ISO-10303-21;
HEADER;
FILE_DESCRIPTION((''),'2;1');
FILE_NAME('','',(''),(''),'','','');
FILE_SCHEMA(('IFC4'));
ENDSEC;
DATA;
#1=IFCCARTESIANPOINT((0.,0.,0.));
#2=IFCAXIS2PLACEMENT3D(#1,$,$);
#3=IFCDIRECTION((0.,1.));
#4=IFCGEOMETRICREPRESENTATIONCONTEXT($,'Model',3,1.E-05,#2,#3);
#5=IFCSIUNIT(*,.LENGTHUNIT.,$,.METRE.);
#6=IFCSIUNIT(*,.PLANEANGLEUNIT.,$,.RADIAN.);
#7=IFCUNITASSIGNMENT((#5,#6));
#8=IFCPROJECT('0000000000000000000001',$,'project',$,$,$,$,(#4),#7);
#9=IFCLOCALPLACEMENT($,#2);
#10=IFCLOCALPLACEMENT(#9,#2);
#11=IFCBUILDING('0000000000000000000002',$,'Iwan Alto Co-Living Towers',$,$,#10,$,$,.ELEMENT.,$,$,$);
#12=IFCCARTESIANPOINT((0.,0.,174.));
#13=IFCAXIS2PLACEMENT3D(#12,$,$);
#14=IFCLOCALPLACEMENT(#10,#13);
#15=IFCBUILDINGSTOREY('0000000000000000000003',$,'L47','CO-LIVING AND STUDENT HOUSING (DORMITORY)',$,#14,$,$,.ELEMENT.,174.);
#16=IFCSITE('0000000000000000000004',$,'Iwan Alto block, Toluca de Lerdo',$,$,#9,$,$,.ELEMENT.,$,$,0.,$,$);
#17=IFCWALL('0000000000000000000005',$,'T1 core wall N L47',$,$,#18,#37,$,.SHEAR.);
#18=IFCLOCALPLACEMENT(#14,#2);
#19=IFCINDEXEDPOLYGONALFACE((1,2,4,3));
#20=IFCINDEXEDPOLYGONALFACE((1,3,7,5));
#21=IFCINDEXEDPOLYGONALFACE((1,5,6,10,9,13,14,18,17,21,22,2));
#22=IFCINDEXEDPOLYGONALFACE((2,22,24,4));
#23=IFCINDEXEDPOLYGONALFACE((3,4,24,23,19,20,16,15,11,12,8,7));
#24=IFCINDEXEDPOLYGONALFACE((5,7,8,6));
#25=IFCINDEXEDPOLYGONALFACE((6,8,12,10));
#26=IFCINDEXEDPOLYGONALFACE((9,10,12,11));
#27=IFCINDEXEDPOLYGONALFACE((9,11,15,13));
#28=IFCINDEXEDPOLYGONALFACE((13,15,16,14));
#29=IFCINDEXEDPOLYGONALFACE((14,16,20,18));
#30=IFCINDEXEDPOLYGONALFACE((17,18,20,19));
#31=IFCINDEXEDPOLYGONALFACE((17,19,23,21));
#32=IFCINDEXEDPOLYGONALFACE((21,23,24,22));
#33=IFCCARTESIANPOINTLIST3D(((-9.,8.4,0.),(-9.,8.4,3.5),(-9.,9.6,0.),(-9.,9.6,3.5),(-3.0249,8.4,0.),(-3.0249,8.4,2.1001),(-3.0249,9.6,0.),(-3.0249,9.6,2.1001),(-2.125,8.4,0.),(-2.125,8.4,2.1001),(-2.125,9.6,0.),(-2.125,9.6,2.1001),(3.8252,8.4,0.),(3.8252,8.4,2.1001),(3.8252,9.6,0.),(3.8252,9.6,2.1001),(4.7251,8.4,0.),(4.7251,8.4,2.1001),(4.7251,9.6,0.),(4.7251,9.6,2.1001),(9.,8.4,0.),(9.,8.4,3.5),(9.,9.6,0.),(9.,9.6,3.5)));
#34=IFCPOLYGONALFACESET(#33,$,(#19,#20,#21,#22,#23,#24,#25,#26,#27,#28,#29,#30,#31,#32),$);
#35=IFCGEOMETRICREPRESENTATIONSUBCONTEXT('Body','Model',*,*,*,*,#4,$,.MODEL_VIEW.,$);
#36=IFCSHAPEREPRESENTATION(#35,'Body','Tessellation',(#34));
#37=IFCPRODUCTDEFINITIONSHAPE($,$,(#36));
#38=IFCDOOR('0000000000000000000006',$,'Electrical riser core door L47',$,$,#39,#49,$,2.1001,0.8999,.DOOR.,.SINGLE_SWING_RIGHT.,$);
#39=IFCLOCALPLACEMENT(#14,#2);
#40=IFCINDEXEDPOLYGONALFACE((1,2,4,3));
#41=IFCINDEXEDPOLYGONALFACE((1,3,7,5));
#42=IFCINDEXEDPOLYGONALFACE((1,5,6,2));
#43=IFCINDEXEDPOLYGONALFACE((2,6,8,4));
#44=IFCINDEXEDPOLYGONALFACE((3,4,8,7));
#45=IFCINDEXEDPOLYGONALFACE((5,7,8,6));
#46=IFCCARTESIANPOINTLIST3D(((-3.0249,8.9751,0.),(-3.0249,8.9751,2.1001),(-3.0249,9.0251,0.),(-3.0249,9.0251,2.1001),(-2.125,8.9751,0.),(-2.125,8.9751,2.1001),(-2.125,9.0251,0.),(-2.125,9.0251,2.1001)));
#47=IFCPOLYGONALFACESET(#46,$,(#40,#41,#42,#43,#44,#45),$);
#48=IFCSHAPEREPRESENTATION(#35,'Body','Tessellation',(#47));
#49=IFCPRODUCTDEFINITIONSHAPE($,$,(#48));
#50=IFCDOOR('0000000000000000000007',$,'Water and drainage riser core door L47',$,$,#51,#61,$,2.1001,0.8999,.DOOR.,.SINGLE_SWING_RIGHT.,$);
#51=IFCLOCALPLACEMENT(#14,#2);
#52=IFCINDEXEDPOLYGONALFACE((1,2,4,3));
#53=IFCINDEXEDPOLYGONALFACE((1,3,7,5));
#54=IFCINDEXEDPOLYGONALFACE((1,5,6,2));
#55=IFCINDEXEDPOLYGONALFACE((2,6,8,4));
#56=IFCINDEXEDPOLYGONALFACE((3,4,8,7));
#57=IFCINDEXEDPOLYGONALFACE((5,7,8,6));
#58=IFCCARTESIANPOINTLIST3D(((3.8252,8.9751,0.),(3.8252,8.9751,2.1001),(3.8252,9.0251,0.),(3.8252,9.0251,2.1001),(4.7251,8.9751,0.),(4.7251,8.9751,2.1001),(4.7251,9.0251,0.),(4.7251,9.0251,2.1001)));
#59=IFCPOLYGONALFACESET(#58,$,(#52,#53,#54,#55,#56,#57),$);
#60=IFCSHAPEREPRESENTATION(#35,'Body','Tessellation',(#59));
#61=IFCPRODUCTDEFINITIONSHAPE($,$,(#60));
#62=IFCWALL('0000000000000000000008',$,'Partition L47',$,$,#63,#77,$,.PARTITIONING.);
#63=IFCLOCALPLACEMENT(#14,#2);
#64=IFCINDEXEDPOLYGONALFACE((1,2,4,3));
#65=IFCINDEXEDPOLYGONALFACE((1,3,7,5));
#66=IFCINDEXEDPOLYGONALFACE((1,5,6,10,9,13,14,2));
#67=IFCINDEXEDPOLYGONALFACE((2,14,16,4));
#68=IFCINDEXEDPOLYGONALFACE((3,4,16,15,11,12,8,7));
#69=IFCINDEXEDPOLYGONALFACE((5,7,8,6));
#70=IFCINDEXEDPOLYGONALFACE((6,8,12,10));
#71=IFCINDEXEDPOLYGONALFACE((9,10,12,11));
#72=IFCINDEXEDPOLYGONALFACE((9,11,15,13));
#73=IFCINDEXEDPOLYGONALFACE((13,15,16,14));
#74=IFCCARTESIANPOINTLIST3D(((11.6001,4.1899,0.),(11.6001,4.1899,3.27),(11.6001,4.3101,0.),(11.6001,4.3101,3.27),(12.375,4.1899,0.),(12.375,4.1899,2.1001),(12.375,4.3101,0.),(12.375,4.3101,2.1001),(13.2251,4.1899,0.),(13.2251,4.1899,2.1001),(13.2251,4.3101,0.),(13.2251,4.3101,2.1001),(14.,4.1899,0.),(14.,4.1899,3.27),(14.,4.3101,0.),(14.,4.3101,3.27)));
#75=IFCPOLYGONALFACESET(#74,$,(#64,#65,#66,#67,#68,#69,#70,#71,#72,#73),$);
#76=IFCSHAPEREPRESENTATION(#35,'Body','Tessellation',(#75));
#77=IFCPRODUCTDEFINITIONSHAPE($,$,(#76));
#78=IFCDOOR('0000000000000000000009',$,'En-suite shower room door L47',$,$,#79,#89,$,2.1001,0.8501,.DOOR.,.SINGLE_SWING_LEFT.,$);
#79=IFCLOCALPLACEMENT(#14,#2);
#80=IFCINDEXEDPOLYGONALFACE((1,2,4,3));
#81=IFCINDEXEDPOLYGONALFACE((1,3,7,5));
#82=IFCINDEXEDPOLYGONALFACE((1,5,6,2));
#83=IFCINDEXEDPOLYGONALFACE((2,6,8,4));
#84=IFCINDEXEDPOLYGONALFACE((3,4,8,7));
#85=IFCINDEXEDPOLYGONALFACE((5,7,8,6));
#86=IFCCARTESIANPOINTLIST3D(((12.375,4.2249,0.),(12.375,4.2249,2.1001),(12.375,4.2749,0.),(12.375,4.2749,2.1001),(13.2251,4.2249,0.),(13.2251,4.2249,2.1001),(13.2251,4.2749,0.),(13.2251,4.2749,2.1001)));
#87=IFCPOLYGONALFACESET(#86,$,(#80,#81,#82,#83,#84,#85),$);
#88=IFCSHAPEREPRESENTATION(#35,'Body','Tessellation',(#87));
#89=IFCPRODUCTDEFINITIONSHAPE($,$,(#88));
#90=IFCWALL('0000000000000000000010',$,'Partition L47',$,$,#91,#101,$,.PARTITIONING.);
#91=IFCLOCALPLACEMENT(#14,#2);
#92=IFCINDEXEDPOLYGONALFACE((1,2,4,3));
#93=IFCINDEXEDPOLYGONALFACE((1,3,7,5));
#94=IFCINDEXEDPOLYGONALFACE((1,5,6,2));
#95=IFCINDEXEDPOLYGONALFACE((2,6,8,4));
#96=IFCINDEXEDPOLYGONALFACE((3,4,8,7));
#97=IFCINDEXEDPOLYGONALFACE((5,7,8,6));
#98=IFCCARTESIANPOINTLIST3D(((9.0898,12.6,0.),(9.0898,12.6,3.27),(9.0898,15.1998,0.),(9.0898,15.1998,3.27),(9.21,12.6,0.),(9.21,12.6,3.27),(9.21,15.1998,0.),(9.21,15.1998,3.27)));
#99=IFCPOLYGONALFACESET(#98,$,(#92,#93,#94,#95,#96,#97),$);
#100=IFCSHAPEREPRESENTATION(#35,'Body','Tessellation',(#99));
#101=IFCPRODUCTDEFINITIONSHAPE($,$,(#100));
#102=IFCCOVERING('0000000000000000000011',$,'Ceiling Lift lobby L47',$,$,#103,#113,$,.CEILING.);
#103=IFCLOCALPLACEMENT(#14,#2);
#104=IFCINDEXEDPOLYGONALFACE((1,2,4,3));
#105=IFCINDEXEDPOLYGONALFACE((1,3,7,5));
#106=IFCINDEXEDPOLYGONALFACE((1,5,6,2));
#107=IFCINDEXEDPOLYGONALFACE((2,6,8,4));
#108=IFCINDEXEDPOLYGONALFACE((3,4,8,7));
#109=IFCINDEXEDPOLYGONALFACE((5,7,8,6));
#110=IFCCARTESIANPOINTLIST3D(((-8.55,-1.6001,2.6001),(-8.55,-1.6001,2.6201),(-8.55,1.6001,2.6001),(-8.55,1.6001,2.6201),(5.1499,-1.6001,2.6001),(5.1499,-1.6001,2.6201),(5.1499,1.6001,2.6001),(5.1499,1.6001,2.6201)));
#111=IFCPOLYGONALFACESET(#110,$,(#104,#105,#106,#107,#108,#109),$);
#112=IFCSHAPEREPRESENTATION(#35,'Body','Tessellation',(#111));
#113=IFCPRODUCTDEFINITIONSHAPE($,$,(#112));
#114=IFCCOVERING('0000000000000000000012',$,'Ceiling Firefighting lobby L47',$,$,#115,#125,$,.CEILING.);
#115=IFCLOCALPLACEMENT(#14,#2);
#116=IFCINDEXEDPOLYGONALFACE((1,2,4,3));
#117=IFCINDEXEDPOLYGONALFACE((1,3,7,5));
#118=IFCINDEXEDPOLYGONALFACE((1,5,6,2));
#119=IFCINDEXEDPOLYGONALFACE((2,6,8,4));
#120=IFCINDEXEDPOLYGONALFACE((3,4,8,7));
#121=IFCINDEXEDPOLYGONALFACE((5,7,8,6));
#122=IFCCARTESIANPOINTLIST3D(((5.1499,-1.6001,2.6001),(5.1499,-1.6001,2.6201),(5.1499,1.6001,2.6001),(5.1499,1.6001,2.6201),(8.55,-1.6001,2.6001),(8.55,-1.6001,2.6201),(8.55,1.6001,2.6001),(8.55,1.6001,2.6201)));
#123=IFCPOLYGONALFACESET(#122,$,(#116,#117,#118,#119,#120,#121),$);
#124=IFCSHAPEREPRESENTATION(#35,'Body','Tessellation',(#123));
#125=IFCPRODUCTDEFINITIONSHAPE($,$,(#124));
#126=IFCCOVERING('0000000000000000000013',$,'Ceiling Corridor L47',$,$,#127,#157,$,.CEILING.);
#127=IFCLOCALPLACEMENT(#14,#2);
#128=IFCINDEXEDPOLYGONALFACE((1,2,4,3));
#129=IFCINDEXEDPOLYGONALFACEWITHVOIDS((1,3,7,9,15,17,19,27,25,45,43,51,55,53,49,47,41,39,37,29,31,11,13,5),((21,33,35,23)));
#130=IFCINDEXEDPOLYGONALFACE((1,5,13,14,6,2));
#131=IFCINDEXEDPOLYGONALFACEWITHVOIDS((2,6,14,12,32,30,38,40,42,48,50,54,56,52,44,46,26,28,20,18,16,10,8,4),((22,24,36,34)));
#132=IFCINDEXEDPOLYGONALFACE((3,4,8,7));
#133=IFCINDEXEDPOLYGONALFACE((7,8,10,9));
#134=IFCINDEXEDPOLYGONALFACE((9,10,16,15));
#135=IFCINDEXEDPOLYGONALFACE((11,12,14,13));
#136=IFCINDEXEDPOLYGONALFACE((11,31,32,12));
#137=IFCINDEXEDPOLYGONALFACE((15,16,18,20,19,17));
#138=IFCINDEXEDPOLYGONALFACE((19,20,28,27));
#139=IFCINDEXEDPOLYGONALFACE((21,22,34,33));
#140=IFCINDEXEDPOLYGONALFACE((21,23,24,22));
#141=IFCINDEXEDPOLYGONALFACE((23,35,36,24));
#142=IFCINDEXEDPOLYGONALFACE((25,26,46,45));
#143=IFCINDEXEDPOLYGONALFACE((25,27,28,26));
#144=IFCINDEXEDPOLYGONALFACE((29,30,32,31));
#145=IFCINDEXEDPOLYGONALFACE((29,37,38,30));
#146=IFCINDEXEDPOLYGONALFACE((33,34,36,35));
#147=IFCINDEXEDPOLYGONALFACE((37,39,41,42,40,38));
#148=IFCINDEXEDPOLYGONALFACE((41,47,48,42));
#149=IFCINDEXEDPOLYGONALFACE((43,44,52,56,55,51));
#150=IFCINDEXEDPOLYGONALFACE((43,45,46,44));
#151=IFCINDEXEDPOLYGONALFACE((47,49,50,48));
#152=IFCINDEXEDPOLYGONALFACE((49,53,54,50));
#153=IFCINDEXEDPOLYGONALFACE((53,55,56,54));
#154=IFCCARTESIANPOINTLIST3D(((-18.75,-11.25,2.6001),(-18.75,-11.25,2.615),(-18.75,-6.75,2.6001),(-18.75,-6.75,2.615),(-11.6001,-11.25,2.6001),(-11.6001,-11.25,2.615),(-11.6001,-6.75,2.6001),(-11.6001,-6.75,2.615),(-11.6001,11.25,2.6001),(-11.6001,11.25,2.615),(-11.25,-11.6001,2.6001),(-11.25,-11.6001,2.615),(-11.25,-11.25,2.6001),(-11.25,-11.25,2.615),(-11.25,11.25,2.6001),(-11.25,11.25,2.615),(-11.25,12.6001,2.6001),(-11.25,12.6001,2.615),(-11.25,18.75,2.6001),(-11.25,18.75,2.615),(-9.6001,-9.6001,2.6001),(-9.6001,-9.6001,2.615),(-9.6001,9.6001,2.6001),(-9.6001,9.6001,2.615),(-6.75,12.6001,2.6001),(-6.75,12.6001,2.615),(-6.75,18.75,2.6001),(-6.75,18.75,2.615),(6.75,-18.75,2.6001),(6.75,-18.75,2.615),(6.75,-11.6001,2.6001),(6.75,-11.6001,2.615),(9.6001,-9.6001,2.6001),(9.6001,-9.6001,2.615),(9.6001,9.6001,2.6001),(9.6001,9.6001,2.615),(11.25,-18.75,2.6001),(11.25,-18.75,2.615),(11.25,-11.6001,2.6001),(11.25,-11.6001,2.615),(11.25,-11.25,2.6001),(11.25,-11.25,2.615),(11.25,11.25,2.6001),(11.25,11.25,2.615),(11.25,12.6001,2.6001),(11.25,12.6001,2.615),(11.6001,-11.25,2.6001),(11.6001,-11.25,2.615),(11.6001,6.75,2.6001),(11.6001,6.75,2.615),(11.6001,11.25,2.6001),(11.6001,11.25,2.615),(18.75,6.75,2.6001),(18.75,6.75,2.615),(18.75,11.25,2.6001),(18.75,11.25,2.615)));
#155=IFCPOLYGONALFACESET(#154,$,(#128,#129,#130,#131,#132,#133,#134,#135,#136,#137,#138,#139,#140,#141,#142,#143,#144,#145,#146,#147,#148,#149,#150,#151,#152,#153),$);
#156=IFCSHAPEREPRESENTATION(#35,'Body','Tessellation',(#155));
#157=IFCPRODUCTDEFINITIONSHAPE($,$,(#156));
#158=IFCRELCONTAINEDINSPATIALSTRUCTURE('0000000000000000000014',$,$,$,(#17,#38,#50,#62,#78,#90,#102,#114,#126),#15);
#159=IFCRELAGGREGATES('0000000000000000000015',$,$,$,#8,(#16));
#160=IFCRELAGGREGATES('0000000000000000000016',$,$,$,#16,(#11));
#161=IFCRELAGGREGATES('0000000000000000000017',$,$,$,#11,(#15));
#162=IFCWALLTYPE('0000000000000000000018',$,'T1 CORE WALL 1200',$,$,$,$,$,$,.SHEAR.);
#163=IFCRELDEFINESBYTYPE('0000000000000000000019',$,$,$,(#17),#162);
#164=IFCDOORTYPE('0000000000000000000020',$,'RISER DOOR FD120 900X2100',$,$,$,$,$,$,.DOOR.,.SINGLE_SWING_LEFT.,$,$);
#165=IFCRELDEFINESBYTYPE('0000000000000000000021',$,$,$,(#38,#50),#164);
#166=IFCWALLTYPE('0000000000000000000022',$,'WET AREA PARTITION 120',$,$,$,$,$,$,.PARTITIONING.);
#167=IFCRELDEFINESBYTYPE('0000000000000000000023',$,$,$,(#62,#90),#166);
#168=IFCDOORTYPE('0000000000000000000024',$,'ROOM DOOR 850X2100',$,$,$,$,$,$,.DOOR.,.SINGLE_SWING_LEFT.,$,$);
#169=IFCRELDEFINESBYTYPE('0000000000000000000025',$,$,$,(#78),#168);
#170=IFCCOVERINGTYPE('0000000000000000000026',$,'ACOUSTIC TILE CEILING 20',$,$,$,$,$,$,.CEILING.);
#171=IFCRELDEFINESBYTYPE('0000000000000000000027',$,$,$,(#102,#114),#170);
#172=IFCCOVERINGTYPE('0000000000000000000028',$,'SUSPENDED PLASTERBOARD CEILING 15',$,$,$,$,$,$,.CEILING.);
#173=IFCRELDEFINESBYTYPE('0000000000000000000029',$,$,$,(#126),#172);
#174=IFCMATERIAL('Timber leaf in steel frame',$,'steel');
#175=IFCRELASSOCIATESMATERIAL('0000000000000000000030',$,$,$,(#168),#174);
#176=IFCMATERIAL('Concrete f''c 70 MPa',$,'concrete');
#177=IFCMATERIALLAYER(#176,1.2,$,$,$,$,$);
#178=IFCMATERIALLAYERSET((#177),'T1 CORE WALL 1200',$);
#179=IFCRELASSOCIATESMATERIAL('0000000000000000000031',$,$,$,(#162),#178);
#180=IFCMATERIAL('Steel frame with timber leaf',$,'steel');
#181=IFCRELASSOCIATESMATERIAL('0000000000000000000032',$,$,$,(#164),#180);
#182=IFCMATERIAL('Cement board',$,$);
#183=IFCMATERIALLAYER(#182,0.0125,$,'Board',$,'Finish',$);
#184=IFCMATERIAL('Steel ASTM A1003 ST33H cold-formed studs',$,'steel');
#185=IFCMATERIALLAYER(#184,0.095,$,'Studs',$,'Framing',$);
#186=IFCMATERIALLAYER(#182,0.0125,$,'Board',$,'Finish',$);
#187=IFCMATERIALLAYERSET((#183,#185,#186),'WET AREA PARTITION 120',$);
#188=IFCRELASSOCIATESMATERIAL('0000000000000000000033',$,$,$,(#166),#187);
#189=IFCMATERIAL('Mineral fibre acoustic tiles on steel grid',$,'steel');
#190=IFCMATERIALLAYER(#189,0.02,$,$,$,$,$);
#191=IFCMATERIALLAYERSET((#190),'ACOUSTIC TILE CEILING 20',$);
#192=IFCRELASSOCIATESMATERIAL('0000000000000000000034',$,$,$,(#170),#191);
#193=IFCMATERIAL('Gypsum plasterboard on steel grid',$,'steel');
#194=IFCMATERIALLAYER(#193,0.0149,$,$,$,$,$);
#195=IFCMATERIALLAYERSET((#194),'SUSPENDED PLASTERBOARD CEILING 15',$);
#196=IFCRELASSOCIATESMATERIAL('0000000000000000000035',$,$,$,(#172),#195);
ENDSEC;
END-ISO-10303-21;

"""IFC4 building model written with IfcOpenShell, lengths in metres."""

from ifc_helpers import new_model, si_unit, direction, frame, frame_2d, origin, place, context, subcontext, project, spatial, polyline, rectangle, outline, extrude, material, layer, layer_set, type_object, element, fill, save


model = new_model("IFC4")

# Units and contexts
model_context = context("Model", 3, precision=1e-05, world=origin(), true_north=direction((0.0, 1.0)))
body_context = subcontext(model_context, "Body", "Model", "MODEL_VIEW")
ifc_project = project(units=[si_unit("LENGTHUNIT", "METRE"), si_unit("PLANEANGLEUNIT", "RADIAN")], contexts=[model_context])

# Site, building, storey
site_placement = place(None, origin())
site = spatial("IfcSite", under=ifc_project, at=site_placement, Name="Iwan Alto block, Toluca de Lerdo", CompositionType="ELEMENT", RefElevation=0.0)
building_placement = place(site_placement, origin())
building = spatial("IfcBuilding", under=site, at=building_placement, Name="Iwan Alto Co-Living Towers", CompositionType="ELEMENT")
storey_placement = place(building_placement, frame((0.0, 0.0, 174.0)))
storey = spatial("IfcBuildingStorey", under=building, at=storey_placement, Name="L47", Description="CO-LIVING AND STUDENT HOUSING (DORMITORY)", CompositionType="ELEMENT", Elevation=174.0)

# Shared definitions
ifc_material_1 = material(Name="Steel ASTM A1003 ST33H cold-formed studs", Category="steel")

# Shared definitions
ifc_material_2 = material(Name="Timber leaf in steel frame", Category="steel")
door_type_1 = type_object("IfcDoorType", Name="ROOM DOOR 850X2100", OperationType="SINGLE_SWING_LEFT", PredefinedType="DOOR", material=ifc_material_2)

# Wall, openings, doors
ifc_material_3 = material(Name="Concrete f'c 70 MPa", Category="concrete")
ifc_layer_1 = layer(ifc_material_3, 1.2)
ifc_layer_set_1 = layer_set([ifc_layer_1], Name="T1 CORE WALL 1200")
wall_type_1 = type_object("IfcWallType", Name="T1 CORE WALL 1200", PredefinedType="SHEAR", material=ifc_layer_set_1)
wall_1_placement = place(storey_placement, frame((9.0, 9.0, 0.0), z_axis=(0.0, 0.0, 1.0), x_axis=(-1.0, 0.0, 0.0)))
wall_1 = element("IfcWall", 1, at=wall_1_placement, inside=storey, type_object=wall_type_1, Name="T1 core wall N L47", PredefinedType="SHEAR", context=body_context, shape_type="SweptSolid", body=[
    extrude(rectangle(XDim=18.0, YDim=1.2, at=frame_2d((9.0, 0.0))), origin(), (0.0, 0.0, 1.0), 3.5),
])
opening_1_placement = place(wall_1_placement, frame((11.125, 0.0, 0.0)))
opening_1 = element("IfcOpeningElement", 2, at=opening_1_placement, cuts=wall_1, PredefinedType="OPENING", context=body_context, shape_type="SweptSolid", body=[
    extrude(rectangle(XDim=0.8999, YDim=2.1001, at=frame_2d((0.45, 1.05))), frame((0.0, 0.6099, 0.0), z_axis=(0.0, -1.0, 0.0), x_axis=(1.0, 0.0, 0.0)), (0.0, 0.0, 1.0), 1.22),
])
opening_2_placement = place(wall_1_placement, frame((4.2749, 0.0, 0.0)))
opening_2 = element("IfcOpeningElement", 3, at=opening_2_placement, cuts=wall_1, PredefinedType="OPENING", context=body_context, shape_type="SweptSolid", body=[
    extrude(rectangle(XDim=0.8999, YDim=2.1001, at=frame_2d((0.45, 1.05))), frame((0.0, 0.6099, 0.0), z_axis=(0.0, -1.0, 0.0), x_axis=(1.0, 0.0, 0.0)), (0.0, 0.0, 1.0), 1.22),
])
ifc_material_4 = material(Name="Steel frame with timber leaf", Category="steel")
door_type_2 = type_object("IfcDoorType", Name="RISER DOOR FD120 900X2100", OperationType="SINGLE_SWING_LEFT", PredefinedType="DOOR", material=ifc_material_4)
door_1_placement = place(opening_1_placement, origin())
door_1 = element("IfcDoor", 4, at=door_1_placement, inside=storey, type_object=door_type_2, Name="Electrical riser core door L47", OperationType="SINGLE_SWING_RIGHT", OverallHeight=2.1001, OverallWidth=0.8999, PredefinedType="DOOR", context=body_context, shape_type="SweptSolid", body=[
    extrude(rectangle(XDim=0.8999, YDim=2.1001, at=frame_2d((0.45, 1.05))), frame((0.0, 0.0249, 0.0), z_axis=(0.0, -1.0, 0.0), x_axis=(1.0, 0.0, 0.0)), (0.0, 0.0, 1.0), 0.05),
])
fill(opening_1, door_1)
door_2_placement = place(opening_2_placement, origin())
door_2 = element("IfcDoor", 5, at=door_2_placement, inside=storey, type_object=door_type_2, Name="Water and drainage riser core door L47", OperationType="SINGLE_SWING_RIGHT", OverallHeight=2.1001, OverallWidth=0.8999, PredefinedType="DOOR", context=body_context, shape_type="SweptSolid", body=[
    extrude(rectangle(XDim=0.8999, YDim=2.1001, at=frame_2d((0.45, 1.05))), frame((0.0, 0.0249, 0.0), z_axis=(0.0, -1.0, 0.0), x_axis=(1.0, 0.0, 0.0)), (0.0, 0.0, 1.0), 0.05),
])
fill(opening_2, door_2)

# Wall, opening, door
ifc_material_5 = material(Name="Cement board")
ifc_layer_2 = layer(ifc_material_5, 0.0125, Name="Board", Category="Finish")
ifc_layer_3 = layer(ifc_material_1, 0.095, Name="Studs", Category="Framing")
ifc_layer_4 = layer(ifc_material_5, 0.0125, Name="Board", Category="Finish")
ifc_layer_set_2 = layer_set([ifc_layer_2, ifc_layer_3, ifc_layer_4], Name="WET AREA PARTITION 120")
wall_type_2 = type_object("IfcWallType", Name="WET AREA PARTITION 120", PredefinedType="PARTITIONING", material=ifc_layer_set_2)
wall_2_placement = place(storey_placement, frame((11.6001, 4.25, 0.0), z_axis=(0.0, 0.0, 1.0), x_axis=(1.0, 0.0, 0.0)))
wall_2 = element("IfcWall", 6, at=wall_2_placement, inside=storey, type_object=wall_type_2, Name="Partition L47", PredefinedType="PARTITIONING", context=body_context, shape_type="SweptSolid", body=[
    extrude(rectangle(XDim=2.3999, YDim=0.1201, at=frame_2d((1.2, 0.0))), origin(), (0.0, 0.0, 1.0), 3.27),
])
opening_3_placement = place(wall_2_placement, frame((0.7749, 0.0, 0.0)))
opening_3 = element("IfcOpeningElement", 7, at=opening_3_placement, cuts=wall_2, PredefinedType="OPENING", context=body_context, shape_type="SweptSolid", body=[
    extrude(rectangle(XDim=0.8501, YDim=2.1001, at=frame_2d((0.425, 1.05))), frame((0.0, 0.0701, 0.0), z_axis=(0.0, -1.0, 0.0), x_axis=(1.0, 0.0, 0.0)), (0.0, 0.0, 1.0), 0.1401),
])
door_3_placement = place(opening_3_placement, origin())
door_3 = element("IfcDoor", 8, at=door_3_placement, inside=storey, type_object=door_type_1, Name="En-suite shower room door L47", OperationType="SINGLE_SWING_LEFT", OverallHeight=2.1001, OverallWidth=0.8501, PredefinedType="DOOR", context=body_context, shape_type="SweptSolid", body=[
    extrude(rectangle(XDim=0.8501, YDim=2.1001, at=frame_2d((0.425, 1.05))), frame((0.0, 0.0249, 0.0), z_axis=(0.0, -1.0, 0.0), x_axis=(1.0, 0.0, 0.0)), (0.0, 0.0, 1.0), 0.05),
])
fill(opening_3, door_3)

# Wall
wall_3_placement = place(storey_placement, frame((9.1499, 12.6001, 0.0), z_axis=(0.0, 0.0, 1.0), x_axis=(0.0, 1.0, 0.0)))
element("IfcWall", 9, at=wall_3_placement, inside=storey, type_object=wall_type_2, Name="Partition L47", PredefinedType="PARTITIONING", context=body_context, shape_type="SweptSolid", body=[
    extrude(rectangle(XDim=2.5999, YDim=0.1201, at=frame_2d((1.2998, 0.0))), origin(), (0.0, 0.0, 1.0), 3.27),
])

# Coverings
ifc_material_6 = material(Name="Mineral fibre acoustic tiles on steel grid", Category="steel")
ifc_layer_5 = layer(ifc_material_6, 0.02)
ifc_layer_set_3 = layer_set([ifc_layer_5], Name="ACOUSTIC TILE CEILING 20")
covering_type_1 = type_object("IfcCoveringType", Name="ACOUSTIC TILE CEILING 20", PredefinedType="CEILING", material=ifc_layer_set_3)
covering_1_placement = place(storey_placement, frame((0.0, 0.0, 2.6001)))
element("IfcCovering", 10, at=covering_1_placement, inside=storey, type_object=covering_type_1, Name="Ceiling Lift lobby L47", PredefinedType="CEILING", context=body_context, shape_type="SweptSolid", body=[
    extrude(outline(polyline([(-8.55, -1.6001), (-8.55, 1.6001), (5.1499, 1.6001), (5.1499, -1.6001), (-8.55, -1.6001)])), origin(), (0.0, 0.0, 1.0), 0.02),
])
covering_2_placement = place(storey_placement, frame((0.0, 0.0, 2.6001)))
element("IfcCovering", 11, at=covering_2_placement, inside=storey, type_object=covering_type_1, Name="Ceiling Firefighting lobby L47", PredefinedType="CEILING", context=body_context, shape_type="SweptSolid", body=[
    extrude(outline(polyline([(5.1499, -1.6001), (5.1499, 1.6001), (8.55, 1.6001), (8.55, -1.6001), (5.1499, -1.6001)])), origin(), (0.0, 0.0, 1.0), 0.02),
])
ifc_material_7 = material(Name="Gypsum plasterboard on steel grid", Category="steel")
ifc_layer_6 = layer(ifc_material_7, 0.0149)
ifc_layer_set_4 = layer_set([ifc_layer_6], Name="SUSPENDED PLASTERBOARD CEILING 15")
covering_type_2 = type_object("IfcCoveringType", Name="SUSPENDED PLASTERBOARD CEILING 15", PredefinedType="CEILING", material=ifc_layer_set_4)
covering_3_placement = place(storey_placement, frame((0.0, 0.0, 2.6001)))
element("IfcCovering", 12, at=covering_3_placement, inside=storey, type_object=covering_type_2, Name="Ceiling Corridor L47", PredefinedType="CEILING", context=body_context, shape_type="SweptSolid", body=[
    extrude(outline(polyline([(-18.75, -11.25), (-18.75, -6.75), (-11.6001, -6.75), (-11.6001, 11.25), (-11.25, 11.25), (-11.25, 12.6001), (-11.25, 18.75), (-6.75, 18.75), (-6.75, 12.6001), (11.25, 12.6001), (11.25, 11.25), (11.6001, 11.25), (18.75, 11.25), (18.75, 6.75), (11.6001, 6.75), (11.6001, -11.25), (11.25, -11.25), (11.25, -11.6001), (11.25, -18.75), (6.75, -18.75), (6.75, -11.6001), (-11.25, -11.6001), (-11.25, -11.25), (-11.6001, -11.25), (-18.75, -11.25)]), holes=[polyline([(9.6001, 9.6001), (-9.6001, 9.6001), (-9.6001, -9.6001), (9.6001, -9.6001), (9.6001, 9.6001)])]), origin(), (0.0, 0.0, 1.0), 0.0149),
])

save(model, "model.ifc")
